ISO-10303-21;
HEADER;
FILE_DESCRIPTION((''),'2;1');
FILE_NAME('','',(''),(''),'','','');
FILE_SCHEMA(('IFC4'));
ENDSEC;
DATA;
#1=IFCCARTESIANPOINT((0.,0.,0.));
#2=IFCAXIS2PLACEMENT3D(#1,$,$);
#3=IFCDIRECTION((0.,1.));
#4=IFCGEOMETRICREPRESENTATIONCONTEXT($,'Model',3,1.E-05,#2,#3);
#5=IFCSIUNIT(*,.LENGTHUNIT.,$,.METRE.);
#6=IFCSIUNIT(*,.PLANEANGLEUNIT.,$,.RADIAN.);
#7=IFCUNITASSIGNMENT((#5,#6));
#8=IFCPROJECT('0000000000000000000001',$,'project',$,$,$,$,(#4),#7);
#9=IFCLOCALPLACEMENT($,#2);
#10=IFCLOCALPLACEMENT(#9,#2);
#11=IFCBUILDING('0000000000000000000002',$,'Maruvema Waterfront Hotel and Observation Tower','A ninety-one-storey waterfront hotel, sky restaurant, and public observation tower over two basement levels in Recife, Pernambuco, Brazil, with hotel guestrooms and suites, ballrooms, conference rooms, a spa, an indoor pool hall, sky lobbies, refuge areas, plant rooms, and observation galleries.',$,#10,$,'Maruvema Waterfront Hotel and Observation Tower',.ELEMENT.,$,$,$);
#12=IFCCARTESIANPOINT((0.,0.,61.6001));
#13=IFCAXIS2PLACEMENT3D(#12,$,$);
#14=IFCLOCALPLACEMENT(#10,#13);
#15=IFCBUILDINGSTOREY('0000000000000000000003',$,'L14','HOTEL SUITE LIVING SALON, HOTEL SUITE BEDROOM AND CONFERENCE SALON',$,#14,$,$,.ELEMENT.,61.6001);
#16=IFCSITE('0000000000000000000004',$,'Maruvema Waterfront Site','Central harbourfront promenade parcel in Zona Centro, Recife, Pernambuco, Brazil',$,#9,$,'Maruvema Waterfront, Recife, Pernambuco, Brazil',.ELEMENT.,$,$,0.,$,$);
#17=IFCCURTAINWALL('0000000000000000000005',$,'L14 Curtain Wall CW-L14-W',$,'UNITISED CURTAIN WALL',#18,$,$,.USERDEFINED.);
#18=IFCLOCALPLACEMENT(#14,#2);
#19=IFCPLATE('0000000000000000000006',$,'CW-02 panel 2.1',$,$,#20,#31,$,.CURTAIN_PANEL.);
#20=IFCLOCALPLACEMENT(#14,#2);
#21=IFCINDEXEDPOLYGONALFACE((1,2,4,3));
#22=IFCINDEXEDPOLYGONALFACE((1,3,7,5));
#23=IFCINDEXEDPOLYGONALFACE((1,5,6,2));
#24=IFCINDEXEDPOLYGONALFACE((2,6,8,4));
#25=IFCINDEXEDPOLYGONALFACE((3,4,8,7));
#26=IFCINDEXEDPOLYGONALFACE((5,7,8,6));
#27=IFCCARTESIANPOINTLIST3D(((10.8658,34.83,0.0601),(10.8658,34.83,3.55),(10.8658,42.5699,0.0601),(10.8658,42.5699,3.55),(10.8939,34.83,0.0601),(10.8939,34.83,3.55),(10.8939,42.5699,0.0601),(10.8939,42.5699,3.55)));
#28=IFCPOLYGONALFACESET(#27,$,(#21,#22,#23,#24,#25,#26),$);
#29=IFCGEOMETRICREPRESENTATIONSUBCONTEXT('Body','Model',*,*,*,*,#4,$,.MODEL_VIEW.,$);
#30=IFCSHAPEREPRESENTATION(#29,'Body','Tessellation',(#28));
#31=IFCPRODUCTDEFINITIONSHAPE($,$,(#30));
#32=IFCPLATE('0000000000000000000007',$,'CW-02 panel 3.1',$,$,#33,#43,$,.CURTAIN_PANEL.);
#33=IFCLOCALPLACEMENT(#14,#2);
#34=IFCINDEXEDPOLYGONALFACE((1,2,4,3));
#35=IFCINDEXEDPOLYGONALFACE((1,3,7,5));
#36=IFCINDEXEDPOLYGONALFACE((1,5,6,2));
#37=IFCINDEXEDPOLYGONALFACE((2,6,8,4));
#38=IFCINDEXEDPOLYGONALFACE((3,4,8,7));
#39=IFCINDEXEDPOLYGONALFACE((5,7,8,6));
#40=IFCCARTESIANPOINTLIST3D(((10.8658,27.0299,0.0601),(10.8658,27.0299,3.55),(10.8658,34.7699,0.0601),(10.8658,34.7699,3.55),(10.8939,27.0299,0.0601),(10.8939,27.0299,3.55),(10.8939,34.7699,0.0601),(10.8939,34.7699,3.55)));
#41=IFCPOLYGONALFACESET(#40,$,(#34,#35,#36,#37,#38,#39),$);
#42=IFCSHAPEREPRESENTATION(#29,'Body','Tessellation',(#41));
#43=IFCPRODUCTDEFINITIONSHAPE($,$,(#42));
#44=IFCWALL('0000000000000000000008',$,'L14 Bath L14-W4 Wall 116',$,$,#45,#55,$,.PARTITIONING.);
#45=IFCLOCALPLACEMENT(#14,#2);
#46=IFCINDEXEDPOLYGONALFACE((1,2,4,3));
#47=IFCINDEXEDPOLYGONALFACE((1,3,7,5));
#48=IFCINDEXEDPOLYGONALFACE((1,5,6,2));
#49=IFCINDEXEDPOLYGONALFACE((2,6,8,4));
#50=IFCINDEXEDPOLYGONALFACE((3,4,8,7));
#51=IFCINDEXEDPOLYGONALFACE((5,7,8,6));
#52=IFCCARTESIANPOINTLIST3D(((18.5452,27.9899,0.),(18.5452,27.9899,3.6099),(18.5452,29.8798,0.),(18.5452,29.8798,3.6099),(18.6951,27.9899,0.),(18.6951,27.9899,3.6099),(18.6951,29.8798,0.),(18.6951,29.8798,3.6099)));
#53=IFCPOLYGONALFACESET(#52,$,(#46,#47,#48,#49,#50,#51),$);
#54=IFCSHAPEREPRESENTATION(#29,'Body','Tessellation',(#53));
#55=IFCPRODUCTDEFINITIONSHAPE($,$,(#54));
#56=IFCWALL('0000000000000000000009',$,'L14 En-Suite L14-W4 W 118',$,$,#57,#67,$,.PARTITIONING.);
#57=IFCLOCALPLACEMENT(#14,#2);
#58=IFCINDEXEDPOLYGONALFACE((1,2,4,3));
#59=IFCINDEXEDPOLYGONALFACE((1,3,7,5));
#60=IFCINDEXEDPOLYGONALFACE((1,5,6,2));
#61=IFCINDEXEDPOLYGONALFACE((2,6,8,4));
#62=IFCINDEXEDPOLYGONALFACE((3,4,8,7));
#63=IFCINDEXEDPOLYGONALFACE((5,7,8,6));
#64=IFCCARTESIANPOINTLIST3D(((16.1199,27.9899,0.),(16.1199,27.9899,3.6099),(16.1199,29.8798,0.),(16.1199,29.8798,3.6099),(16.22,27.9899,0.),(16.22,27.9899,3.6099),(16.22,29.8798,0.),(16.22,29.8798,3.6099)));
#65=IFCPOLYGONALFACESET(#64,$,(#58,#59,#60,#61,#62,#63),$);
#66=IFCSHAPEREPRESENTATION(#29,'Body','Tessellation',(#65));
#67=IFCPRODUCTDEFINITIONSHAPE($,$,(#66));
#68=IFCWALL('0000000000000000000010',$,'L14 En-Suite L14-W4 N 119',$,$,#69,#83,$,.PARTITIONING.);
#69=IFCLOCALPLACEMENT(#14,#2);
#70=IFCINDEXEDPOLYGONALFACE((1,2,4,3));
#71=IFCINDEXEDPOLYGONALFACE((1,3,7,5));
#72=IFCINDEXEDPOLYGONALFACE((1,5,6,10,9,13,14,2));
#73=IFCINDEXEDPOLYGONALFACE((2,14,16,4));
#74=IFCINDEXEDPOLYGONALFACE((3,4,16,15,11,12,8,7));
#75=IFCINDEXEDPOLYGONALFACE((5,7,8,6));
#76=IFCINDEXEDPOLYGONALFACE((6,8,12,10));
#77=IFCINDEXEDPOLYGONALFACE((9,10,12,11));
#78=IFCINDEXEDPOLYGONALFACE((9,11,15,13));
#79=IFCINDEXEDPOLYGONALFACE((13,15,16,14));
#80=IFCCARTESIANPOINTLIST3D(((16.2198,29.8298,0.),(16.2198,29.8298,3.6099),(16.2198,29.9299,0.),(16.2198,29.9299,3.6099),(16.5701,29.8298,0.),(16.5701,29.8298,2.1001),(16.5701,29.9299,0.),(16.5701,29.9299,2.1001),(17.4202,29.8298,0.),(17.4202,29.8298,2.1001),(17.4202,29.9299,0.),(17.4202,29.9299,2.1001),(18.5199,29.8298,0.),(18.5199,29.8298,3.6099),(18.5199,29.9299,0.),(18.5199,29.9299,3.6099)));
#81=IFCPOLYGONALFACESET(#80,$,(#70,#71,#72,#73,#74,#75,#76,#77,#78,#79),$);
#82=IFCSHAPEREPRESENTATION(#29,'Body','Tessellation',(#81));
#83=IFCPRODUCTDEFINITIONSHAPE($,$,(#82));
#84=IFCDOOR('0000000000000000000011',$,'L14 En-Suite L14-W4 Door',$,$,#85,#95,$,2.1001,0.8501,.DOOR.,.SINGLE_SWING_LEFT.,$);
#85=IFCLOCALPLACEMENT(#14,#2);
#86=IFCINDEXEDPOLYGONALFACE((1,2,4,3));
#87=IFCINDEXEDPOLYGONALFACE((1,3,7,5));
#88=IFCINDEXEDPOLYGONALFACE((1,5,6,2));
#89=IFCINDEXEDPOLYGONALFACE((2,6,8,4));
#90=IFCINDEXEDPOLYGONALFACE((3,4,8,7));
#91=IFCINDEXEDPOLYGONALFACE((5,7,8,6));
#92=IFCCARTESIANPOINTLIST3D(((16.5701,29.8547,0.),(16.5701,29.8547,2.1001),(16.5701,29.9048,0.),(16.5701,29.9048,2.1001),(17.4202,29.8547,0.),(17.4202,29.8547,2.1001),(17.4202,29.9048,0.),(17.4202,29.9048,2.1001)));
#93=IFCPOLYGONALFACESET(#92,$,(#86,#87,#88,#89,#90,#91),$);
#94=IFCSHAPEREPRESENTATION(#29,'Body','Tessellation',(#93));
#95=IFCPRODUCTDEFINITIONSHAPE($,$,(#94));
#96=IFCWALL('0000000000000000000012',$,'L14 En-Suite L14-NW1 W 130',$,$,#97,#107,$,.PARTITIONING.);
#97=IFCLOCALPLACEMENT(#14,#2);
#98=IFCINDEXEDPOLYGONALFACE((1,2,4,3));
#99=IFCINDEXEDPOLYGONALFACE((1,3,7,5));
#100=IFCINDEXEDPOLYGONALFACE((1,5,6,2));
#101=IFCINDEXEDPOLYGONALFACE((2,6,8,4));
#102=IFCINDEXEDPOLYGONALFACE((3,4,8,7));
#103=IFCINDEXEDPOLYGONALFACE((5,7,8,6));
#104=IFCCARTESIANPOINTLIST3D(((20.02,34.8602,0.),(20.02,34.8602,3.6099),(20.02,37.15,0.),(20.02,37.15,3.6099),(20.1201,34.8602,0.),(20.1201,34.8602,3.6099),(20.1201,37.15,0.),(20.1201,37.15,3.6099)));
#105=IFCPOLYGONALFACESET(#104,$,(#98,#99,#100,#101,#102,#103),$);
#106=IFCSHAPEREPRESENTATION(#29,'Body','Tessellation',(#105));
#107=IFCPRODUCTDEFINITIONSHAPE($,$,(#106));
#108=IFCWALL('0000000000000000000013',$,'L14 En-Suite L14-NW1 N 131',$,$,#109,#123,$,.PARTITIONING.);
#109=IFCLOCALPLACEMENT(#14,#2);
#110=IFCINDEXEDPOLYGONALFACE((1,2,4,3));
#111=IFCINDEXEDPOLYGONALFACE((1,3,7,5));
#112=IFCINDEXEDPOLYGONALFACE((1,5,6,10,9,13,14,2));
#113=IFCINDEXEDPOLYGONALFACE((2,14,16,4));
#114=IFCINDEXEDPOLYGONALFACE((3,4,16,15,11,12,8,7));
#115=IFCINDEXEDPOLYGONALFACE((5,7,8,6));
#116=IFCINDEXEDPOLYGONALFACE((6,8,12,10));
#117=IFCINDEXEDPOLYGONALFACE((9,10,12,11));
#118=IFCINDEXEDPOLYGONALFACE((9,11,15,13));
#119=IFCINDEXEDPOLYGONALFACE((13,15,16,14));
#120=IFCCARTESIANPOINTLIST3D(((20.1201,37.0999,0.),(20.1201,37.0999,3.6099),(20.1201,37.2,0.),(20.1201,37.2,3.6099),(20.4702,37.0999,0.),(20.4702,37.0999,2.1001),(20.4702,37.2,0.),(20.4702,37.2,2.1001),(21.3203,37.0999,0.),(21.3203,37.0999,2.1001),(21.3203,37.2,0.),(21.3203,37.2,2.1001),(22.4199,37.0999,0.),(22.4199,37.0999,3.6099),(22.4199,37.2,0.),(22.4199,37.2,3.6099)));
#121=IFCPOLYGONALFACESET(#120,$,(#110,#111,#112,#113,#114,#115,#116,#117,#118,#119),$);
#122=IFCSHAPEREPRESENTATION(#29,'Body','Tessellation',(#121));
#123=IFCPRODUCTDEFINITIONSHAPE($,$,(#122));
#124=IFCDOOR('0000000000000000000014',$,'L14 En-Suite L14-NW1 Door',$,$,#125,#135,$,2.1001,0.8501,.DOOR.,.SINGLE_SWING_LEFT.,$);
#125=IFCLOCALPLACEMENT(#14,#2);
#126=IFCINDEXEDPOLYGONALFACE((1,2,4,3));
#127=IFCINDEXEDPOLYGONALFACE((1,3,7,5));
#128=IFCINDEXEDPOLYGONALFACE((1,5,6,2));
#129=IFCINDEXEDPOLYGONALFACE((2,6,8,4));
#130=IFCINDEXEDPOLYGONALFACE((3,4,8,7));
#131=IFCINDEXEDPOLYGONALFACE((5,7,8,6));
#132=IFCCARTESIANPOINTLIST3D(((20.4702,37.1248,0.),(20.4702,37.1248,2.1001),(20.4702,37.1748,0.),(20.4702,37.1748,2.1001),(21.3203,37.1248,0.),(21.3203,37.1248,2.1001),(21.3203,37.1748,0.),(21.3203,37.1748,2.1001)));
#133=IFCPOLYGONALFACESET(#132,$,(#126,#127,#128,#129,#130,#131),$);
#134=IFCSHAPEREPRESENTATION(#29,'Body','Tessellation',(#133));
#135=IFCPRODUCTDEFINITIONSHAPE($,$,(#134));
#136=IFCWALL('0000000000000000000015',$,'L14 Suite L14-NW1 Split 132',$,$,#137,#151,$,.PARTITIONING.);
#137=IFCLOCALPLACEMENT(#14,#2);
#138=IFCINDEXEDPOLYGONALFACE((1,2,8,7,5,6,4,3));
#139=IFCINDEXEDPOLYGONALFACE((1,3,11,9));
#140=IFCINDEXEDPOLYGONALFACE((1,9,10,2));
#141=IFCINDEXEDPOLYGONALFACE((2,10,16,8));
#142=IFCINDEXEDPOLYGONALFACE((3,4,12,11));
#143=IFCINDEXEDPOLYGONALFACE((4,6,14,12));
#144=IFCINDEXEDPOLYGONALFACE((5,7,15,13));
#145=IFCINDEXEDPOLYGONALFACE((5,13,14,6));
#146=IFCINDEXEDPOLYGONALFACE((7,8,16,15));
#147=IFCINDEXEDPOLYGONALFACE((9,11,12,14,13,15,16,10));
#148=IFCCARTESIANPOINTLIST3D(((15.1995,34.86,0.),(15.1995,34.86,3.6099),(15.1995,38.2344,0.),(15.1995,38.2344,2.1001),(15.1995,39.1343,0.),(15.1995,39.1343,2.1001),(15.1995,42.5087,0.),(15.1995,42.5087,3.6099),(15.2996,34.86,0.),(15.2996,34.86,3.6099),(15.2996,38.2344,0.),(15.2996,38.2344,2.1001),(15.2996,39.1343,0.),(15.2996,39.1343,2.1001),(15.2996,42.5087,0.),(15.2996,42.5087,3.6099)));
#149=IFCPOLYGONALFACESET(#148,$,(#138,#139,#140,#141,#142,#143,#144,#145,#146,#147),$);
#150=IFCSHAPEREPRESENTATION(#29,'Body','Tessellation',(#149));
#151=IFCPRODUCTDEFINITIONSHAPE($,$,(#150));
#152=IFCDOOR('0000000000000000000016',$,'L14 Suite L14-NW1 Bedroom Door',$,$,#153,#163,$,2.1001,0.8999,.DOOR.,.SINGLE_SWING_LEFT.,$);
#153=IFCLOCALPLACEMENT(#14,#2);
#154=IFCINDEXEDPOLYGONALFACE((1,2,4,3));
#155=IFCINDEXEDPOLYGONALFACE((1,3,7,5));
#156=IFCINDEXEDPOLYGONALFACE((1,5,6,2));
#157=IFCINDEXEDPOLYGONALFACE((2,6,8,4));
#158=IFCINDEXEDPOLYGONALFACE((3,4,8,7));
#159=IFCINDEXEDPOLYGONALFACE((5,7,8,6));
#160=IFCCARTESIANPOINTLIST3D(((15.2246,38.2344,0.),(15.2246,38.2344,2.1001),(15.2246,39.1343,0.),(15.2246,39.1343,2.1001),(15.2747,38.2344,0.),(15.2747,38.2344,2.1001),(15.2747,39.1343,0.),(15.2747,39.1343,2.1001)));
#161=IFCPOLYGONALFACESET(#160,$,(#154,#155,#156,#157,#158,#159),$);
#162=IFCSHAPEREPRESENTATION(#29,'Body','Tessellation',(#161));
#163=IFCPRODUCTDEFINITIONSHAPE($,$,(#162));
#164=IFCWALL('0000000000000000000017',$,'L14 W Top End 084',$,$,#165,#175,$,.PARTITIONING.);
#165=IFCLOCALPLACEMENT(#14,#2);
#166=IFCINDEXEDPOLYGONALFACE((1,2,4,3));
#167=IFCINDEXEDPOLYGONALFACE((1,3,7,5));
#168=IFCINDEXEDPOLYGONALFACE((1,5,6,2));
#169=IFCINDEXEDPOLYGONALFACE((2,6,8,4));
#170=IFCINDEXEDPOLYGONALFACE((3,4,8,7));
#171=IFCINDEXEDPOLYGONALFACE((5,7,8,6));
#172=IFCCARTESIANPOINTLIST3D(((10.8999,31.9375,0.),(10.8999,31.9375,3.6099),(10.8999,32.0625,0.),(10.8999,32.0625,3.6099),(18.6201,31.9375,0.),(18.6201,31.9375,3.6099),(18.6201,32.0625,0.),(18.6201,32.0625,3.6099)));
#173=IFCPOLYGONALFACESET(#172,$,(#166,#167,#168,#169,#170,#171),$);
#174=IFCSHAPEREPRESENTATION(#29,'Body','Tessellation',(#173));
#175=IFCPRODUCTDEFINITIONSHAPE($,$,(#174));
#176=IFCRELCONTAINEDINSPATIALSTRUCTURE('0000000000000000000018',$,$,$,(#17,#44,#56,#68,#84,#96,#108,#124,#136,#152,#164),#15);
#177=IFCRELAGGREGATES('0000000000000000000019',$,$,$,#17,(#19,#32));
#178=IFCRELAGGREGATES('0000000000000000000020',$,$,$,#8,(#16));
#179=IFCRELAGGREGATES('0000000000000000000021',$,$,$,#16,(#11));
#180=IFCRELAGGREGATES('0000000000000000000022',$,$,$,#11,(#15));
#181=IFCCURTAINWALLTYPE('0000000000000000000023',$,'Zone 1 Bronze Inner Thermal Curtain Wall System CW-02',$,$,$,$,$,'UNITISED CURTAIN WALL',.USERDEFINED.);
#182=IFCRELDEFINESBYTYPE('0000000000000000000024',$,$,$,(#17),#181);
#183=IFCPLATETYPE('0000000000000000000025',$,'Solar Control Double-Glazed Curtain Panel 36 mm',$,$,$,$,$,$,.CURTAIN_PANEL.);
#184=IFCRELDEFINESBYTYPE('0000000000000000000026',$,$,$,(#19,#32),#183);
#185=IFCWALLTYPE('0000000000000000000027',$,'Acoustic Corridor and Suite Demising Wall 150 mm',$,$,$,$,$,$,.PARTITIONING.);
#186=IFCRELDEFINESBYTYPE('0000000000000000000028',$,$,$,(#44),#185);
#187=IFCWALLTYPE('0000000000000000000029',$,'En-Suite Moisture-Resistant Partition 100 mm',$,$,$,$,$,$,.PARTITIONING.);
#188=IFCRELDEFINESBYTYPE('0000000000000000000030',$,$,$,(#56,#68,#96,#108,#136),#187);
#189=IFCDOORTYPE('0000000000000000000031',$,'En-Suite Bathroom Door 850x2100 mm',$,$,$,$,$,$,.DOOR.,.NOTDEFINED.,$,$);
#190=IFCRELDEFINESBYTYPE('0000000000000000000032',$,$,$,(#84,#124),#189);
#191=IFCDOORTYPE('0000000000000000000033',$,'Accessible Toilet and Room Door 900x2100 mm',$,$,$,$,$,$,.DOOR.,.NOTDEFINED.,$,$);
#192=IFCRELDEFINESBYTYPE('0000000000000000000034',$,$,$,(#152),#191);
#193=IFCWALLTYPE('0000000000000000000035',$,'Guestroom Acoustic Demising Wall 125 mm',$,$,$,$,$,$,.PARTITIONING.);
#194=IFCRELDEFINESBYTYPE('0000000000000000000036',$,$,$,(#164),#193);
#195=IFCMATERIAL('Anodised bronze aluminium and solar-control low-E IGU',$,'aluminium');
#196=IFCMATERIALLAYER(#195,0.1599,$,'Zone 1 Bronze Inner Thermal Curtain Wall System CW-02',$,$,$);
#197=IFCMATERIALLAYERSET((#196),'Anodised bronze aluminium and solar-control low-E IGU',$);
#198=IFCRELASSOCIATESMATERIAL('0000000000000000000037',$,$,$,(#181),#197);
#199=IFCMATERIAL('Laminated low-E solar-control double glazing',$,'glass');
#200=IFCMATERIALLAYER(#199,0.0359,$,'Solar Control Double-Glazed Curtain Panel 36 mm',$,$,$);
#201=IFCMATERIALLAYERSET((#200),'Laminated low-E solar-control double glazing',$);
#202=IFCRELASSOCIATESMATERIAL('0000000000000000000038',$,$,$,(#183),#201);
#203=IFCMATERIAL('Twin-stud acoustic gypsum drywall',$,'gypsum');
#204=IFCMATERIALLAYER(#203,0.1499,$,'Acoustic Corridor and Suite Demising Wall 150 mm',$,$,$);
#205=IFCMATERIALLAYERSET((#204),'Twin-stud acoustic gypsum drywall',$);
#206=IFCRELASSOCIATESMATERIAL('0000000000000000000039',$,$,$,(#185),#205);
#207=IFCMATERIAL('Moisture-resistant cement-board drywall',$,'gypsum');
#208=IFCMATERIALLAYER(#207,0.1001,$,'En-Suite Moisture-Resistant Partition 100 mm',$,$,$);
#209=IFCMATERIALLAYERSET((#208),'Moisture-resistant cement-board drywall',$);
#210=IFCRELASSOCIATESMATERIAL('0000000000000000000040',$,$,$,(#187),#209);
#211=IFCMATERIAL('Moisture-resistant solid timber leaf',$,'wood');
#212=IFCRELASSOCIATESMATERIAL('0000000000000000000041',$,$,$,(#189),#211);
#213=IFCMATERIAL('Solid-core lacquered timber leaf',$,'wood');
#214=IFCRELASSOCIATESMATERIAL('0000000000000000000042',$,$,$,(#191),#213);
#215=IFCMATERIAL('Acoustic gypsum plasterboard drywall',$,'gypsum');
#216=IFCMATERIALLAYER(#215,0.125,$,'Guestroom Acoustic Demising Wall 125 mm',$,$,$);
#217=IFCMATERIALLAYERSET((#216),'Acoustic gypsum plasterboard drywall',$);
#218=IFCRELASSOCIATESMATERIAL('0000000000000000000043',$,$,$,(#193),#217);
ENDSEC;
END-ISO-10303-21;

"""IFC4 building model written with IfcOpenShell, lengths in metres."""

from ifc_helpers import new_model, si_unit, direction, frame, frame_2d, origin, origin_2d, place, context, subcontext, project, spatial, rectangle, extrude, material, layer, layer_set, type_object, element, fill, aggregate, save


model = new_model("IFC4")

# Units and contexts
model_context = context("Model", 3, precision=1e-05, world=origin(), true_north=direction((0.0, 1.0)))
body_context = subcontext(model_context, "Body", "Model", "MODEL_VIEW")
ifc_project = project(units=[si_unit("LENGTHUNIT", "METRE"), si_unit("PLANEANGLEUNIT", "RADIAN")], contexts=[model_context])

# Site, building, storey
site_placement = place(None, origin())
site = spatial("IfcSite", under=ifc_project, at=site_placement, Name="Maruvema Waterfront Site", Description="Central harbourfront promenade parcel in Zona Centro, Recife, Pernambuco, Brazil", LongName="Maruvema Waterfront, Recife, Pernambuco, Brazil", CompositionType="ELEMENT", RefElevation=0.0)
building_placement = place(site_placement, origin())
building = spatial("IfcBuilding", under=site, at=building_placement, Name="Maruvema Waterfront Hotel and Observation Tower", Description="A ninety-one-storey waterfront hotel, sky restaurant, and public observation tower over two basement levels in Recife, Pernambuco, Brazil, with hotel guestrooms and suites, ballrooms, conference rooms, a spa, an indoor pool hall, sky lobbies, refuge areas, plant rooms, and observation galleries.", LongName="Maruvema Waterfront Hotel and Observation Tower", CompositionType="ELEMENT")
storey_placement = place(building_placement, frame((0.0, 0.0, 61.6001)))
storey = spatial("IfcBuildingStorey", under=building, at=storey_placement, Name="L14", Description="HOTEL SUITE LIVING SALON, HOTEL SUITE BEDROOM AND CONFERENCE SALON", CompositionType="ELEMENT", Elevation=61.6001)

# Curtain wall
ifc_material_1 = material(Name="Anodised bronze aluminium and solar-control low-E IGU", Category="aluminium")
ifc_layer_1 = layer(ifc_material_1, 0.1599, Name="Zone 1 Bronze Inner Thermal Curtain Wall System CW-02")
ifc_layer_set_1 = layer_set([ifc_layer_1], Name="Anodised bronze aluminium and solar-control low-E IGU")
curtain_wall_type = type_object("IfcCurtainWallType", Name="Zone 1 Bronze Inner Thermal Curtain Wall System CW-02", ElementType="UNITISED CURTAIN WALL", PredefinedType="USERDEFINED", material=ifc_layer_set_1)
curtain_wall_placement = place(storey_placement, origin())
curtain_wall = element("IfcCurtainWall", 1, at=curtain_wall_placement, inside=storey, type_object=curtain_wall_type, Name="L14 Curtain Wall CW-L14-W", ObjectType="UNITISED CURTAIN WALL", PredefinedType="USERDEFINED")

# Plates
ifc_material_2 = material(Name="Laminated low-E solar-control double glazing", Category="glass")
ifc_layer_2 = layer(ifc_material_2, 0.0359, Name="Solar Control Double-Glazed Curtain Panel 36 mm")
ifc_layer_set_2 = layer_set([ifc_layer_2], Name="Laminated low-E solar-control double glazing")
plate_type = type_object("IfcPlateType", Name="Solar Control Double-Glazed Curtain Panel 36 mm", PredefinedType="CURTAIN_PANEL", material=ifc_layer_set_2)
plate_1_placement = place(storey_placement, frame((10.8799, 38.7, 0.0601), z_axis=(0.0, 0.0, 1.0), x_axis=(0.0, -1.0, 0.0)))
plate_1 = element("IfcPlate", 2, at=plate_1_placement, type_object=plate_type, Name="CW-02 panel 2.1", PredefinedType="CURTAIN_PANEL", context=body_context, shape_type="SweptSolid", body=[
    extrude(rectangle(XDim=7.74, YDim=0.0281, at=origin_2d()), origin(), (0.0, 0.0, 1.0), 3.49),
])
plate_2_placement = place(storey_placement, frame((10.8799, 30.8999, 0.0601), z_axis=(0.0, 0.0, 1.0), x_axis=(0.0, -1.0, 0.0)))
plate_2 = element("IfcPlate", 3, at=plate_2_placement, type_object=plate_type, Name="CW-02 panel 3.1", PredefinedType="CURTAIN_PANEL", context=body_context, shape_type="SweptSolid", body=[
    extrude(rectangle(XDim=7.74, YDim=0.0281, at=origin_2d()), origin(), (0.0, 0.0, 1.0), 3.49),
])
aggregate(curtain_wall, [plate_1, plate_2])

# Wall
ifc_material_3 = material(Name="Twin-stud acoustic gypsum drywall", Category="gypsum")
ifc_layer_3 = layer(ifc_material_3, 0.1499, Name="Acoustic Corridor and Suite Demising Wall 150 mm")
ifc_layer_set_3 = layer_set([ifc_layer_3], Name="Twin-stud acoustic gypsum drywall")
wall_type_1 = type_object("IfcWallType", Name="Acoustic Corridor and Suite Demising Wall 150 mm", PredefinedType="PARTITIONING", material=ifc_layer_set_3)
wall_1_placement = place(storey_placement, frame((18.6201, 27.99, 0.0), z_axis=(0.0, 0.0, 1.0), x_axis=(0.0, 1.0, 0.0)))
element("IfcWall", 4, at=wall_1_placement, inside=storey, type_object=wall_type_1, Name="L14 Bath L14-W4 Wall 116", PredefinedType="PARTITIONING", context=body_context, shape_type="SweptSolid", body=[
    extrude(rectangle(XDim=1.8899, YDim=0.1499, at=frame_2d((0.9448, 0.0))), origin(), (0.0, 0.0, 1.0), 3.6099),
])

# Wall
ifc_material_4 = material(Name="Moisture-resistant cement-board drywall", Category="gypsum")
ifc_layer_4 = layer(ifc_material_4, 0.1001, Name="En-Suite Moisture-Resistant Partition 100 mm")
ifc_layer_set_4 = layer_set([ifc_layer_4], Name="Moisture-resistant cement-board drywall")
wall_type_2 = type_object("IfcWallType", Name="En-Suite Moisture-Resistant Partition 100 mm", PredefinedType="PARTITIONING", material=ifc_layer_set_4)
wall_2_placement = place(storey_placement, frame((16.1699, 27.99, 0.0), z_axis=(0.0, 0.0, 1.0), x_axis=(0.0, 1.0, 0.0)))
element("IfcWall", 5, at=wall_2_placement, inside=storey, type_object=wall_type_2, Name="L14 En-Suite L14-W4 W 118", PredefinedType="PARTITIONING", context=body_context, shape_type="SweptSolid", body=[
    extrude(rectangle(XDim=1.8899, YDim=0.1001, at=frame_2d((0.9448, 0.0))), origin(), (0.0, 0.0, 1.0), 3.6099),
])

# Wall, opening, door
wall_3_placement = place(storey_placement, frame((16.22, 29.8799, 0.0), z_axis=(0.0, 0.0, 1.0), x_axis=(1.0, 0.0, 0.0)))
wall_3 = element("IfcWall", 6, at=wall_3_placement, inside=storey, type_object=wall_type_2, Name="L14 En-Suite L14-W4 N 119", PredefinedType="PARTITIONING", context=body_context, shape_type="SweptSolid", body=[
    extrude(rectangle(XDim=2.3, YDim=0.1001, at=frame_2d((1.1499, 0.0))), origin(), (0.0, 0.0, 1.0), 3.6099),
])
opening_1_placement = place(wall_3_placement, frame((0.3501, 0.0, 0.0)))
opening_1 = element("IfcOpeningElement", 7, at=opening_1_placement, cuts=wall_3, PredefinedType="OPENING", context=body_context, shape_type="SweptSolid", body=[
    extrude(rectangle(XDim=0.8501, YDim=2.1001, at=frame_2d((0.425, 1.05))), frame((0.0, 0.0601, 0.0), z_axis=(0.0, -1.0, 0.0), x_axis=(1.0, 0.0, 0.0)), (0.0, 0.0, 1.0), 0.1201),
])
ifc_material_5 = material(Name="Moisture-resistant solid timber leaf", Category="wood")
door_type_1 = type_object("IfcDoorType", Name="En-Suite Bathroom Door 850x2100 mm", OperationType="NOTDEFINED", PredefinedType="DOOR", material=ifc_material_5)
door_1_placement = place(opening_1_placement, origin())
door_1 = element("IfcDoor", 8, at=door_1_placement, inside=storey, type_object=door_type_1, Name="L14 En-Suite L14-W4 Door", OperationType="SINGLE_SWING_LEFT", OverallHeight=2.1001, OverallWidth=0.8501, PredefinedType="DOOR", context=body_context, shape_type="SweptSolid", body=[
    extrude(rectangle(XDim=0.8501, YDim=2.1001, at=frame_2d((0.425, 1.05))), frame((0.0, 0.0249, 0.0), z_axis=(0.0, -1.0, 0.0), x_axis=(1.0, 0.0, 0.0)), (0.0, 0.0, 1.0), 0.05),
])
fill(opening_1, door_1)

# Wall
wall_4_placement = place(storey_placement, frame((20.0701, 34.8601, 0.0), z_axis=(0.0, 0.0, 1.0), x_axis=(0.0, 1.0, 0.0)))
element("IfcWall", 9, at=wall_4_placement, inside=storey, type_object=wall_type_2, Name="L14 En-Suite L14-NW1 W 130", PredefinedType="PARTITIONING", context=body_context, shape_type="SweptSolid", body=[
    extrude(rectangle(XDim=2.2898, YDim=0.1001, at=frame_2d((1.145, 0.0))), origin(), (0.0, 0.0, 1.0), 3.6099),
])

# Walls, openings, doors
wall_5_placement = place(storey_placement, frame((20.1201, 37.1499, 0.0), z_axis=(0.0, 0.0, 1.0), x_axis=(1.0, 0.0, 0.0)))
wall_5 = element("IfcWall", 10, at=wall_5_placement, inside=storey, type_object=wall_type_2, Name="L14 En-Suite L14-NW1 N 131", PredefinedType="PARTITIONING", context=body_context, shape_type="SweptSolid", body=[
    extrude(rectangle(XDim=2.2998, YDim=0.1001, at=frame_2d((1.1499, 0.0))), origin(), (0.0, 0.0, 1.0), 3.6099),
])
opening_2_placement = place(wall_5_placement, frame((0.3501, 0.0, 0.0)))
opening_2 = element("IfcOpeningElement", 11, at=opening_2_placement, cuts=wall_5, PredefinedType="OPENING", context=body_context, shape_type="SweptSolid", body=[
    extrude(rectangle(XDim=0.8501, YDim=2.1001, at=frame_2d((0.425, 1.05))), frame((0.0, 0.0601, 0.0), z_axis=(0.0, -1.0, 0.0), x_axis=(1.0, 0.0, 0.0)), (0.0, 0.0, 1.0), 0.1201),
])
door_2_placement = place(opening_2_placement, origin())
door_2 = element("IfcDoor", 12, at=door_2_placement, inside=storey, type_object=door_type_1, Name="L14 En-Suite L14-NW1 Door", OperationType="SINGLE_SWING_LEFT", OverallHeight=2.1001, OverallWidth=0.8501, PredefinedType="DOOR", context=body_context, shape_type="SweptSolid", body=[
    extrude(rectangle(XDim=0.8501, YDim=2.1001, at=frame_2d((0.425, 1.05))), frame((0.0, 0.0249, 0.0), z_axis=(0.0, -1.0, 0.0), x_axis=(1.0, 0.0, 0.0)), (0.0, 0.0, 1.0), 0.05),
])
fill(opening_2, door_2)
wall_6_placement = place(storey_placement, frame((15.2495, 34.8601, 0.0), z_axis=(0.0, 0.0, 1.0), x_axis=(0.0, 1.0, 0.0)))
wall_6 = element("IfcWall", 13, at=wall_6_placement, inside=storey, type_object=wall_type_2, Name="L14 Suite L14-NW1 Split 132", PredefinedType="PARTITIONING", context=body_context, shape_type="SweptSolid", body=[
    extrude(rectangle(XDim=7.6487, YDim=0.1001, at=frame_2d((3.8242, 0.0))), origin(), (0.0, 0.0, 1.0), 3.6099),
])
opening_3_placement = place(wall_6_placement, frame((3.3743, 0.0, 0.0)))
opening_3 = element("IfcOpeningElement", 14, at=opening_3_placement, cuts=wall_6, PredefinedType="OPENING", context=body_context, shape_type="SweptSolid", body=[
    extrude(rectangle(XDim=0.8999, YDim=2.1001, at=frame_2d((0.45, 1.05))), frame((0.0, 0.0601, 0.0), z_axis=(0.0, -1.0, 0.0), x_axis=(1.0, 0.0, 0.0)), (0.0, 0.0, 1.0), 0.1201),
])
ifc_material_6 = material(Name="Solid-core lacquered timber leaf", Category="wood")
door_type_2 = type_object("IfcDoorType", Name="Accessible Toilet and Room Door 900x2100 mm", OperationType="NOTDEFINED", PredefinedType="DOOR", material=ifc_material_6)
door_3_placement = place(opening_3_placement, origin())
door_3 = element("IfcDoor", 15, at=door_3_placement, inside=storey, type_object=door_type_2, Name="L14 Suite L14-NW1 Bedroom Door", OperationType="SINGLE_SWING_LEFT", OverallHeight=2.1001, OverallWidth=0.8999, PredefinedType="DOOR", context=body_context, shape_type="SweptSolid", body=[
    extrude(rectangle(XDim=0.8999, YDim=2.1001, at=frame_2d((0.45, 1.05))), frame((0.0, 0.0249, 0.0), z_axis=(0.0, -1.0, 0.0), x_axis=(1.0, 0.0, 0.0)), (0.0, 0.0, 1.0), 0.05),
])
fill(opening_3, door_3)

# Wall
ifc_material_7 = material(Name="Acoustic gypsum plasterboard drywall", Category="gypsum")
ifc_layer_5 = layer(ifc_material_7, 0.125, Name="Guestroom Acoustic Demising Wall 125 mm")
ifc_layer_set_5 = layer_set([ifc_layer_5], Name="Acoustic gypsum plasterboard drywall")
wall_type_3 = type_object("IfcWallType", Name="Guestroom Acoustic Demising Wall 125 mm", PredefinedType="PARTITIONING", material=ifc_layer_set_5)
for number, where, z_axis, x_axis, name in (
    (16, (10.8999, 32.0, 0.0), (0.0, 0.0, 1.0), (1.0, 0.0, 0.0), "L14 W Top End 084"),
):
    element("IfcWall", number, at=place(storey_placement, frame(where, z_axis=z_axis, x_axis=x_axis)), inside=storey, type_object=wall_type_3, Name=name, PredefinedType="PARTITIONING", context=body_context, shape_type="SweptSolid", body=[
        extrude(rectangle(XDim=7.7202, YDim=0.125, at=frame_2d((3.8601, 0.0))), origin(), (0.0, 0.0, 1.0), 3.6099),
    ])

save(model, "model.ifc")
